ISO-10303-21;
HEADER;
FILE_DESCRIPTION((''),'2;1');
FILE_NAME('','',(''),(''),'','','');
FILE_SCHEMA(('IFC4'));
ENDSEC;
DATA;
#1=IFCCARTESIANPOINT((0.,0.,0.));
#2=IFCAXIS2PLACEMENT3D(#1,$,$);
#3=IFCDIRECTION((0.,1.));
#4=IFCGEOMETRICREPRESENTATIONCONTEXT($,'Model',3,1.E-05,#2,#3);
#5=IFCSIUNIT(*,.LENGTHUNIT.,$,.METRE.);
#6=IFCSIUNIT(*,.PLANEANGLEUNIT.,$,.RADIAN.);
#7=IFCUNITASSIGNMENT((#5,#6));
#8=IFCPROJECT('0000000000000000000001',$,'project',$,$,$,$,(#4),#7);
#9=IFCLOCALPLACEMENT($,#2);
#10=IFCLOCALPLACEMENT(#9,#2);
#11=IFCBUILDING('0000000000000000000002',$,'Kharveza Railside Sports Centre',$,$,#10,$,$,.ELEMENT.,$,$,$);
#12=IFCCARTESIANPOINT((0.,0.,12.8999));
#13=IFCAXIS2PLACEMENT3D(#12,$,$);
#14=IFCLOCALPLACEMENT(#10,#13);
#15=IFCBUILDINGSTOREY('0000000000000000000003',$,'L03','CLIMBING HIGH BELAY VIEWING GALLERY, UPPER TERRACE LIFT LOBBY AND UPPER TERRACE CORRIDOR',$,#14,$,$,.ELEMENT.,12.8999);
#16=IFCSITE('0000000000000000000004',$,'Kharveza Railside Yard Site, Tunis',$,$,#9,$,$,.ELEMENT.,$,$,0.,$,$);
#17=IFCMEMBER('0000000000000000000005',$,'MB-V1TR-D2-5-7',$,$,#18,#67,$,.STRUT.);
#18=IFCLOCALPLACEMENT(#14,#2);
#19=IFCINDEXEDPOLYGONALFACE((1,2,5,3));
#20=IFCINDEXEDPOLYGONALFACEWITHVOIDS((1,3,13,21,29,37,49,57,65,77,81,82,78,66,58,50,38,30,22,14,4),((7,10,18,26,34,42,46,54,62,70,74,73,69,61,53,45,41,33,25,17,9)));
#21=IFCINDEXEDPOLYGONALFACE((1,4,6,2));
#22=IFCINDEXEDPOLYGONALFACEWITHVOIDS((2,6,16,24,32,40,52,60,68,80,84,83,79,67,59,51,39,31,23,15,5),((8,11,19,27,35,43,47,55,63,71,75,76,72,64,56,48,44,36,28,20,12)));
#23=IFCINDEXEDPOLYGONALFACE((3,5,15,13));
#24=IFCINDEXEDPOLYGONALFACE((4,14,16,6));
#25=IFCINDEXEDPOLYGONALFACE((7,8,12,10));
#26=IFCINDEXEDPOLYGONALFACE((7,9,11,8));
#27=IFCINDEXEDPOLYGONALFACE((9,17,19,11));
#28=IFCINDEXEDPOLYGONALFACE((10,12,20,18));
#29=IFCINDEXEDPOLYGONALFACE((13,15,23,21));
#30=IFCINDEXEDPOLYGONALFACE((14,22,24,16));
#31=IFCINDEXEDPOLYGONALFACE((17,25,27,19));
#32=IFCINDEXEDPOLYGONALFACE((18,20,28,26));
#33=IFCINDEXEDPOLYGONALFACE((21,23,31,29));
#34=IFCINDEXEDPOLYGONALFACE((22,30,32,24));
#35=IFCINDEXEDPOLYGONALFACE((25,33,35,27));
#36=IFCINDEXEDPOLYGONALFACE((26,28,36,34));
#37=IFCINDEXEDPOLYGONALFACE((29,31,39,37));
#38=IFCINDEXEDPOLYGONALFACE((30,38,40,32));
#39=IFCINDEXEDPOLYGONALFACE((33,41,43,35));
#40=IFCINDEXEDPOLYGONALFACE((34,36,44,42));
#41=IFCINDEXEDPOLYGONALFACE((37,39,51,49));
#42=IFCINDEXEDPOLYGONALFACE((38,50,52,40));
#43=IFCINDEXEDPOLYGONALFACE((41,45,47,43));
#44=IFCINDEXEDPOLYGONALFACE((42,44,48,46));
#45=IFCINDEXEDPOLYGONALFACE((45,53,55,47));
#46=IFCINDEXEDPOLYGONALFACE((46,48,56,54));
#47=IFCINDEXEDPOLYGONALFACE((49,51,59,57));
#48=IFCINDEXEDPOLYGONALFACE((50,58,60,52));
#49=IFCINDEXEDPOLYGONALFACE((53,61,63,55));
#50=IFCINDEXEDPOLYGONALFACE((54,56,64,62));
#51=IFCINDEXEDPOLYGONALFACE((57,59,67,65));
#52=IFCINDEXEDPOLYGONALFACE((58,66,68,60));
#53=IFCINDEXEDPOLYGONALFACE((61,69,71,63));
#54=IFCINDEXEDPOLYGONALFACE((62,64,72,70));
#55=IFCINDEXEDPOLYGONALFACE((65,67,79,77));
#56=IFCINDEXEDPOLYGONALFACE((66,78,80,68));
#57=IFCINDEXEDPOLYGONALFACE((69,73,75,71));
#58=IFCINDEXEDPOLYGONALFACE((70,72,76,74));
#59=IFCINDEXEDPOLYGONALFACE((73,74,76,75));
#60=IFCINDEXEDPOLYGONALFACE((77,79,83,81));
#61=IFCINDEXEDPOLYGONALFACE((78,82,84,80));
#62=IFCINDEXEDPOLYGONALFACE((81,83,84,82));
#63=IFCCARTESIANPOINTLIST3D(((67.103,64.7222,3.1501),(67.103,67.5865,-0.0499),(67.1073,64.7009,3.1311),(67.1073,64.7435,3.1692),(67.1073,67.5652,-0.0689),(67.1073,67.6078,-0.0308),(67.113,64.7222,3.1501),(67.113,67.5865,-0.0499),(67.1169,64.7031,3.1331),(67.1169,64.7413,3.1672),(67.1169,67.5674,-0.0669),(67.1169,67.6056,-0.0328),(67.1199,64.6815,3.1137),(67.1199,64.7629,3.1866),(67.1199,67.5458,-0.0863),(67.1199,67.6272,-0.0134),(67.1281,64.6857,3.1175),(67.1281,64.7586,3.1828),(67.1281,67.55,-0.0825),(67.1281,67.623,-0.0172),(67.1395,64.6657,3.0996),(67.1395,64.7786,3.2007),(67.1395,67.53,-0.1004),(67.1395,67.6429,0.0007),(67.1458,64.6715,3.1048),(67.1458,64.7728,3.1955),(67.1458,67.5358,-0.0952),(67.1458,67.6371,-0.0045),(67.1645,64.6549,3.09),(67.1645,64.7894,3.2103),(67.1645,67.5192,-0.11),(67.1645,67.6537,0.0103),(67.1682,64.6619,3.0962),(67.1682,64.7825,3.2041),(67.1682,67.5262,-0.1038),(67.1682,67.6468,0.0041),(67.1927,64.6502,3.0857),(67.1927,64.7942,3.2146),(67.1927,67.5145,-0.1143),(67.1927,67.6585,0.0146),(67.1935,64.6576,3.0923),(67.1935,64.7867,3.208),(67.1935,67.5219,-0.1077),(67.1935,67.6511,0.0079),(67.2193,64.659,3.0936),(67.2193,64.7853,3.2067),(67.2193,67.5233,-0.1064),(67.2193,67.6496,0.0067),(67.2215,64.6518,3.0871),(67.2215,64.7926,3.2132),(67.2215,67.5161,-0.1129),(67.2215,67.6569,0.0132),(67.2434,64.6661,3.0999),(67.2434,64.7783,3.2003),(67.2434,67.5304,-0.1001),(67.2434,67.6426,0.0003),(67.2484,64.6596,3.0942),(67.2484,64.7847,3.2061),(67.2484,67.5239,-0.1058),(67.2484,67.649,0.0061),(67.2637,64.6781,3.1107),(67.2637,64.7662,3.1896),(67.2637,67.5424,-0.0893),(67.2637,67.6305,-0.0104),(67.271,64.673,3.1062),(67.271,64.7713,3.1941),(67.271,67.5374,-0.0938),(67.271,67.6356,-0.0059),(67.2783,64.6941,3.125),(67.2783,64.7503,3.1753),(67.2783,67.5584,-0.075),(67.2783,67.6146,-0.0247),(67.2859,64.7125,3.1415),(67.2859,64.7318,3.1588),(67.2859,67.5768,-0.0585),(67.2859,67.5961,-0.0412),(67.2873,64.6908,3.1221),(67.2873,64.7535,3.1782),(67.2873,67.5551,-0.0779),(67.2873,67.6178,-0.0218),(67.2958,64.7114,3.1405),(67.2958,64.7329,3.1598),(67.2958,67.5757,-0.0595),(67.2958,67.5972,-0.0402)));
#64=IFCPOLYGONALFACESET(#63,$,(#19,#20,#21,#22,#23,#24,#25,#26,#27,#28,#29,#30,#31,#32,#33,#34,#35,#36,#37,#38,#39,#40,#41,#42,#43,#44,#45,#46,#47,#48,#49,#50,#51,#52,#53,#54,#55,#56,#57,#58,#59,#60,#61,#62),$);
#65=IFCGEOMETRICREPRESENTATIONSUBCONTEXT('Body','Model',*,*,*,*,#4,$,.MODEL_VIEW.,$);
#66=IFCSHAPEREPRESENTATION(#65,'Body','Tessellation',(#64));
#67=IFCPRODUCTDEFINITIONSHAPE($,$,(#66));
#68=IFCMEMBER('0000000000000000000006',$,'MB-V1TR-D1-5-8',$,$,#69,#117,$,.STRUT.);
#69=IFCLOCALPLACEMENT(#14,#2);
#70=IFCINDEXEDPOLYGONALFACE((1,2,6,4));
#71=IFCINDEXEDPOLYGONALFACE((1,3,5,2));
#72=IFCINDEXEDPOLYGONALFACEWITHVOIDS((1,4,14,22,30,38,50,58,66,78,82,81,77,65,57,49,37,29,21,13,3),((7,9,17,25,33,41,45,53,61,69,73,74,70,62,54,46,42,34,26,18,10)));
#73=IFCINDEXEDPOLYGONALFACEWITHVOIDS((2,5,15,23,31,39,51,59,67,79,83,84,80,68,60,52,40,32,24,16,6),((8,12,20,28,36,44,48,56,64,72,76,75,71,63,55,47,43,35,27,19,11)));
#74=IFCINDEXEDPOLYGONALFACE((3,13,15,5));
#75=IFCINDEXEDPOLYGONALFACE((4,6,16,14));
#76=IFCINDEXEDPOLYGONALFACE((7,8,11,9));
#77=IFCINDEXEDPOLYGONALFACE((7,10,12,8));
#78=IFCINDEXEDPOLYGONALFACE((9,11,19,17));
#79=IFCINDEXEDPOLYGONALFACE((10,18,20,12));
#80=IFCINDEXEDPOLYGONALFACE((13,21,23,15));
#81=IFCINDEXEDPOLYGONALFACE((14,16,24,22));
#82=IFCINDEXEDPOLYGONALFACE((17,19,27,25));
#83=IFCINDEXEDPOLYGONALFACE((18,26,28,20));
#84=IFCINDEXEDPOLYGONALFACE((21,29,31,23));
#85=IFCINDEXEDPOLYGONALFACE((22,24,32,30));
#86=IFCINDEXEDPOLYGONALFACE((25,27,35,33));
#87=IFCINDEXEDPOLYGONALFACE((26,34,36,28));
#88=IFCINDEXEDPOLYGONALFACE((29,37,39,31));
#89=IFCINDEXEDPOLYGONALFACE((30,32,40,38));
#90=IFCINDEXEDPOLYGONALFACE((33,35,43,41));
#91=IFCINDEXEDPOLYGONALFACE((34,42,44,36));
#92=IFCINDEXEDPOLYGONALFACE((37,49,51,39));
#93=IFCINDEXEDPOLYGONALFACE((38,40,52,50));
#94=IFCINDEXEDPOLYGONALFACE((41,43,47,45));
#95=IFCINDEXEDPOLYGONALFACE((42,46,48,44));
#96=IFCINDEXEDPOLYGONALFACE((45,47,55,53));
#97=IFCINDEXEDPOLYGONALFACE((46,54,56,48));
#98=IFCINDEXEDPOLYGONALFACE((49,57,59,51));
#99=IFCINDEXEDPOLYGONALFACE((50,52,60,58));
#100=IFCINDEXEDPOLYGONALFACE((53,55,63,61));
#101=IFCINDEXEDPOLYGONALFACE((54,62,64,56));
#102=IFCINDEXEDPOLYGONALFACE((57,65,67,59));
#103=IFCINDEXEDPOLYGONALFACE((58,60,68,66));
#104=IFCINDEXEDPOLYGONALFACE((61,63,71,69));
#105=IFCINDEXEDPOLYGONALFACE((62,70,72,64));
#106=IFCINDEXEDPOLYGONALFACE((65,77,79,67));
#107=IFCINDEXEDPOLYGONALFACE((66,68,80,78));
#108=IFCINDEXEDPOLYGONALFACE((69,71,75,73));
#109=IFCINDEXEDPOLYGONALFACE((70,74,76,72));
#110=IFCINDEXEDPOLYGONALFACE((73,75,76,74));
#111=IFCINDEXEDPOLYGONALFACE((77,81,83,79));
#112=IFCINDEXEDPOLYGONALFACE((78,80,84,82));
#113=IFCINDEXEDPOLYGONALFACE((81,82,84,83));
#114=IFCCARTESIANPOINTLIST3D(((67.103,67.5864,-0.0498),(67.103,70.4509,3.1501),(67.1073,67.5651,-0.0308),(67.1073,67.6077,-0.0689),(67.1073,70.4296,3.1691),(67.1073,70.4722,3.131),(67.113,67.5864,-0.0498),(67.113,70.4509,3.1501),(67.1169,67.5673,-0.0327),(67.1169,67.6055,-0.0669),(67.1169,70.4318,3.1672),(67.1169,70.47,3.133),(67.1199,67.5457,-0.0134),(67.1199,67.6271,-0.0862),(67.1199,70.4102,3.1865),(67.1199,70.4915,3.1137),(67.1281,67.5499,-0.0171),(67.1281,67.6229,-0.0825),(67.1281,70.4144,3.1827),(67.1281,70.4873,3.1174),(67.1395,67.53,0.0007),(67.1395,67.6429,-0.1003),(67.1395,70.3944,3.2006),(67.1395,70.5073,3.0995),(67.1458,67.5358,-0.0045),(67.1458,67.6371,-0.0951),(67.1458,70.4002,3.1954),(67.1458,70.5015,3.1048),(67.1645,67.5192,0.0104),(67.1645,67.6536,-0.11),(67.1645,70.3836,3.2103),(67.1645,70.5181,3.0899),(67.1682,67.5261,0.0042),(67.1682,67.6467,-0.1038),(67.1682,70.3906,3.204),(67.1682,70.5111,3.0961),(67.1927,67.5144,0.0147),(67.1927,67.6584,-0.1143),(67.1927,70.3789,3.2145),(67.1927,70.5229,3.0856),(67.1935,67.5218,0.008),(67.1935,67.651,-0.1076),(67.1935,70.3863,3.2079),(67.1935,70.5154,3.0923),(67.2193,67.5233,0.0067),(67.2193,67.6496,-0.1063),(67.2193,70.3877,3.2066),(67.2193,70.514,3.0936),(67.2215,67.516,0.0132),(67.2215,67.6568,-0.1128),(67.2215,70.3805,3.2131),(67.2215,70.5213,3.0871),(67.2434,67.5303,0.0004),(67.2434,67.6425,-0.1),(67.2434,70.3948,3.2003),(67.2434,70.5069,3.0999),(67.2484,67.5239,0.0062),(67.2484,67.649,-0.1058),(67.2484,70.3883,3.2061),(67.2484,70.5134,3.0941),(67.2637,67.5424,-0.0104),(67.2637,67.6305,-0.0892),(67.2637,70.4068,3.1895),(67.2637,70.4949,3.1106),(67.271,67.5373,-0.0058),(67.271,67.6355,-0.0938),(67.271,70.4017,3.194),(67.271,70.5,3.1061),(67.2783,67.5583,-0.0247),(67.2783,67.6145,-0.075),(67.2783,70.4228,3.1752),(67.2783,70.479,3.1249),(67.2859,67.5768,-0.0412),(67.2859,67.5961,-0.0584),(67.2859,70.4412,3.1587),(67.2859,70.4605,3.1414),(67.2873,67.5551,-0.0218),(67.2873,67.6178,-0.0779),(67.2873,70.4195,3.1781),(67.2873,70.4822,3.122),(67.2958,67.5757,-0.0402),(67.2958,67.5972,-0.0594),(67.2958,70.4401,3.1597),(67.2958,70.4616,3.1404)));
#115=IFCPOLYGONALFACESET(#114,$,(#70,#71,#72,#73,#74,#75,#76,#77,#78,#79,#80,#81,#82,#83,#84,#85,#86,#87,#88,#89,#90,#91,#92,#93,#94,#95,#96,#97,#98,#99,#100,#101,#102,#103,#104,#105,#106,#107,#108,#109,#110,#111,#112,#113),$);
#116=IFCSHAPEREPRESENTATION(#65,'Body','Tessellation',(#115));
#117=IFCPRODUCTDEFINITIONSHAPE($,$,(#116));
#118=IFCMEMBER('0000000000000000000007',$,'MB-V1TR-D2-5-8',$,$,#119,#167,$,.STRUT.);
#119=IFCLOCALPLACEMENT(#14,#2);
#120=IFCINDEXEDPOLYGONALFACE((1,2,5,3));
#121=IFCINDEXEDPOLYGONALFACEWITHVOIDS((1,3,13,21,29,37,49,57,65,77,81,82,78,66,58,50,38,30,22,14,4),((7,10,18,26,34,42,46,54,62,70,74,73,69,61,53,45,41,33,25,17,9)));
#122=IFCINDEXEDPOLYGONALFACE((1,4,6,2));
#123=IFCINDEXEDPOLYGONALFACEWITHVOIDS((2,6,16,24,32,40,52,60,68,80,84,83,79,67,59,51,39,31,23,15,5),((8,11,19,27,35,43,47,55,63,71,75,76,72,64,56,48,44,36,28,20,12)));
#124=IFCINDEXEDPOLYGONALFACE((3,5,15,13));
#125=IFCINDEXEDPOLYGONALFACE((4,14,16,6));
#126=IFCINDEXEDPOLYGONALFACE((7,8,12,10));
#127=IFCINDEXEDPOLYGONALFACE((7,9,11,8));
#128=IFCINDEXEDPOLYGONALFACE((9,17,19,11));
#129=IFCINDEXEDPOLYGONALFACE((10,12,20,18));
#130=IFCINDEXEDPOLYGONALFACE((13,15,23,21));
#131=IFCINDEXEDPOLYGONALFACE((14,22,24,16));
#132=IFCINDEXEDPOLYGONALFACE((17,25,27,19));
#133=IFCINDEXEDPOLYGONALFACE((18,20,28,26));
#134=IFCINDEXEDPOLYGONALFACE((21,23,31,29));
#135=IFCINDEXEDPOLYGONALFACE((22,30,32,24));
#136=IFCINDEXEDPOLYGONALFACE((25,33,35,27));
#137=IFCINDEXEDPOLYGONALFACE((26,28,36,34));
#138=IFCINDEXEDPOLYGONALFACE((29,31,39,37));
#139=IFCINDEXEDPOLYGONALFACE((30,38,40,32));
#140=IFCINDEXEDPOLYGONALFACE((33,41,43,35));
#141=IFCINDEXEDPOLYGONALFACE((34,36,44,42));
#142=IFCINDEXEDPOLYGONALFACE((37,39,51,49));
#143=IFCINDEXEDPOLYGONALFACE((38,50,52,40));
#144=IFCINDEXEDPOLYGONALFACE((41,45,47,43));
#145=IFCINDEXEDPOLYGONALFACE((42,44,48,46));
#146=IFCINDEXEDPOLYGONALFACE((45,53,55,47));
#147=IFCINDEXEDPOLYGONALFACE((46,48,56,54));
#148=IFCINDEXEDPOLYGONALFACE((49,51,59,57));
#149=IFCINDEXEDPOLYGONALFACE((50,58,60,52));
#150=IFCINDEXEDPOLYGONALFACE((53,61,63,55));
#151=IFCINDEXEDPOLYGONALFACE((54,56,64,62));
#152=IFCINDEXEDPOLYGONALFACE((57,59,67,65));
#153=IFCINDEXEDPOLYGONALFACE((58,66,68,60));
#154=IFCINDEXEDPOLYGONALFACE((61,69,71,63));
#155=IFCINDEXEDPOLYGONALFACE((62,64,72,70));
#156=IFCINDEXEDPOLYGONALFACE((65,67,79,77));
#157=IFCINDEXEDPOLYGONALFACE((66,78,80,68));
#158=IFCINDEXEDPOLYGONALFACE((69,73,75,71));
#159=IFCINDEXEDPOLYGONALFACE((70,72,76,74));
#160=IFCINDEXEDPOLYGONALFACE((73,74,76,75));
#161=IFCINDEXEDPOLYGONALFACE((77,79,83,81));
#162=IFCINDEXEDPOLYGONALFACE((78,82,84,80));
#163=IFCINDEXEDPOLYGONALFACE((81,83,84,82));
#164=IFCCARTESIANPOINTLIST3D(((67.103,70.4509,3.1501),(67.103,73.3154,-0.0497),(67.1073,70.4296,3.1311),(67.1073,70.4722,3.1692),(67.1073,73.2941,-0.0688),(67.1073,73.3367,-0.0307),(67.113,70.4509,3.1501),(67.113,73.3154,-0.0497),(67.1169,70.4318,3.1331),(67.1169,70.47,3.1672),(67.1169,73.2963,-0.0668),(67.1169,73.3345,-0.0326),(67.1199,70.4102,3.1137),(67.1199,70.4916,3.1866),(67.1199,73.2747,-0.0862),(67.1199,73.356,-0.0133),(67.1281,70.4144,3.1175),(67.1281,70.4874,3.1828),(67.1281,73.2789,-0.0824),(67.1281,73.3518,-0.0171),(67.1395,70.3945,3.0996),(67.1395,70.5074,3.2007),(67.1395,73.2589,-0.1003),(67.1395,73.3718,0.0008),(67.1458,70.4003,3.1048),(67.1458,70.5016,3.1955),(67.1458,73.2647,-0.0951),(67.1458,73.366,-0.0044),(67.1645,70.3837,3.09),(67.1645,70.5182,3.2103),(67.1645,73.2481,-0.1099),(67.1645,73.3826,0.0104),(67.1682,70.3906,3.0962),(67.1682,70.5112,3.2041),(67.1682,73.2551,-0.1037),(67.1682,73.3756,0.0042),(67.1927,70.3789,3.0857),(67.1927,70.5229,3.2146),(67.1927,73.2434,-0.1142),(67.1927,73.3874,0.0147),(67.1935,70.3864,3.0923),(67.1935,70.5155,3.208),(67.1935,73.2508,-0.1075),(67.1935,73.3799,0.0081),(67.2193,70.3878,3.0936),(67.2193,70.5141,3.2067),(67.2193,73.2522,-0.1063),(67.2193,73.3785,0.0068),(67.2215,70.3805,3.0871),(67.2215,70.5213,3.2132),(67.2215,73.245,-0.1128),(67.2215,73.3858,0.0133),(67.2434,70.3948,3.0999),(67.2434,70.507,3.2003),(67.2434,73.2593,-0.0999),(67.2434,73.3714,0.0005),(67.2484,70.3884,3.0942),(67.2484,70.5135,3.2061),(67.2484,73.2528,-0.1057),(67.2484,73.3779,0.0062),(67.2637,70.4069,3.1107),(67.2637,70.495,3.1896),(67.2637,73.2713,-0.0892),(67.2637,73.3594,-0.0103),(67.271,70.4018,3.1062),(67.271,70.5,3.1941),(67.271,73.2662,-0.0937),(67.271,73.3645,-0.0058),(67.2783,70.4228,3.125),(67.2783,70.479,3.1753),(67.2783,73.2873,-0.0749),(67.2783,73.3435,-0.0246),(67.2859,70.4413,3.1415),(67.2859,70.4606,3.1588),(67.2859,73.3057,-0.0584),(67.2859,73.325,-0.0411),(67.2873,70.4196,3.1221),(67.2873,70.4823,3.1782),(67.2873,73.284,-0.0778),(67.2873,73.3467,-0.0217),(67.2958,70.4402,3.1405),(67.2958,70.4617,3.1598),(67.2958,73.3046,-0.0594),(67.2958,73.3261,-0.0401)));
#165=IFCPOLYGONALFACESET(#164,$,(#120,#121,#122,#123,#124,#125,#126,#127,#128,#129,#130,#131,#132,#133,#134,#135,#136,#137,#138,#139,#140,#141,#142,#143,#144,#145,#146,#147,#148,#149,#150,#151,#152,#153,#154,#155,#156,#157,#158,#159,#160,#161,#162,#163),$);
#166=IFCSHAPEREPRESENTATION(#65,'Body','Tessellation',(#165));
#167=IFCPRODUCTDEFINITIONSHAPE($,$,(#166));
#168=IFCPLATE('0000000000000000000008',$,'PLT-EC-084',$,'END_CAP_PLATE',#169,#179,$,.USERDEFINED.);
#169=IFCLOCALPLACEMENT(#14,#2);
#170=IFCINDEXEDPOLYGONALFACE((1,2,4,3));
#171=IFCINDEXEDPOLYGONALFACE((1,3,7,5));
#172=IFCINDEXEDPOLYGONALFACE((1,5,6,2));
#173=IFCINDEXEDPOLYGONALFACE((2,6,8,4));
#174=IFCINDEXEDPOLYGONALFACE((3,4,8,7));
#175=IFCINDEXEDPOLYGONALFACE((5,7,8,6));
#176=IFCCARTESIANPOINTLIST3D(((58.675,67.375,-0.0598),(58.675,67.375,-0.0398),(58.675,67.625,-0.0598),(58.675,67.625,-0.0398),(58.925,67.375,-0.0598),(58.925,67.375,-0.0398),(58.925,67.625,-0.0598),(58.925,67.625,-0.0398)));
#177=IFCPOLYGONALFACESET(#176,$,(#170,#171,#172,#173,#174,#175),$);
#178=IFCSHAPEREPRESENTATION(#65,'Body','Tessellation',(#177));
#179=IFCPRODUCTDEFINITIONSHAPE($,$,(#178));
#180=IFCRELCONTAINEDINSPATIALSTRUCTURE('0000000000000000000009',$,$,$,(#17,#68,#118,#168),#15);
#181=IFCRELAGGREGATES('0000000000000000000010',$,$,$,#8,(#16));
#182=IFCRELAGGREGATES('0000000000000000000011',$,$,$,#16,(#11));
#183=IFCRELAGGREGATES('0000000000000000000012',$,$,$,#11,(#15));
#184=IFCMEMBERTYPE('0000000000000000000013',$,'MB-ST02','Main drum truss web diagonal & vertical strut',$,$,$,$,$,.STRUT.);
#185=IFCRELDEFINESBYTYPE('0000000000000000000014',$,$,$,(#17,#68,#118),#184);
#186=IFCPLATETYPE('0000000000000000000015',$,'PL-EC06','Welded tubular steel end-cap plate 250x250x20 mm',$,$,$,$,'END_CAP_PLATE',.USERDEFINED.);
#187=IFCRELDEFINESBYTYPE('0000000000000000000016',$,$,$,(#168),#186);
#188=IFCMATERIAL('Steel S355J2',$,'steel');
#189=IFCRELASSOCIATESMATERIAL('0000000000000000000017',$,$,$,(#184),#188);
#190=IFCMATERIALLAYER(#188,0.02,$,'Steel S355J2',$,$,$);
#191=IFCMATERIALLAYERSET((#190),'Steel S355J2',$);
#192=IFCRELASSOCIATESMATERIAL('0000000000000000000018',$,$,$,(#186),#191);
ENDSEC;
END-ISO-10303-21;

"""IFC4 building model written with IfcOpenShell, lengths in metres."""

from ifc_helpers import new_model, si_unit, direction, frame, origin, origin_2d, place, context, subcontext, project, spatial, rectangle, hollow_circle, extrude, material, layer, layer_set, material_profile, profile_set, type_object, element, save


model = new_model("IFC4")

# Units and contexts
model_context = context("Model", 3, precision=1e-05, world=origin(), true_north=direction((0.0, 1.0)))
body_context = subcontext(model_context, "Body", "Model", "MODEL_VIEW")
ifc_project = project(units=[si_unit("LENGTHUNIT", "METRE"), si_unit("PLANEANGLEUNIT", "RADIAN")], contexts=[model_context])

# Site, building, storey
site_placement = place(None, origin())
site = spatial("IfcSite", under=ifc_project, at=site_placement, Name="Kharveza Railside Yard Site, Tunis", CompositionType="ELEMENT", RefElevation=0.0)
building_placement = place(site_placement, origin())
building = spatial("IfcBuilding", under=site, at=building_placement, Name="Kharveza Railside Sports Centre", CompositionType="ELEMENT")
storey_placement = place(building_placement, frame((0.0, 0.0, 12.8999)))
storey = spatial("IfcBuildingStorey", under=building, at=storey_placement, Name="L03", Description="CLIMBING HIGH BELAY VIEWING GALLERY, UPPER TERRACE LIFT LOBBY AND UPPER TERRACE CORRIDOR", CompositionType="ELEMENT", Elevation=12.8999)

# Members
ifc_material = material(Name="Steel S355J2", Category="steel")
ifc_material_profile_1 = material_profile(ifc_material, hollow_circle(Radius=0.0969, WallThickness=0.01, at=origin_2d()), Name="CHS 193.7x10.0")
ifc_profile_set_1 = profile_set([ifc_material_profile_1], Name="Steel S355J2")
member_type_1 = type_object("IfcMemberType", Name="MB-ST02", Description="Main drum truss web diagonal & vertical strut", PredefinedType="STRUT", material=ifc_profile_set_1)
for number, where, z_axis, x_axis, name in (
    (1, (67.2, 64.7222, 3.1501), (0.0, 0.666943, -0.745109), (-1.0, 0.0, 0.0), "MB-V1TR-D2-5-7"),
    (2, (67.2, 67.5864, -0.0498), (0.0, 0.666974, 0.745081), (-1.0, 0.0, 0.0), "MB-V1TR-D1-5-8"),
    (3, (67.2, 70.4509, 3.1501), (0.0, 0.666974, -0.745081), (-1.0, 0.0, 0.0), "MB-V1TR-D2-5-8"),
):
    element("IfcMember", number, at=place(storey_placement, frame(where, z_axis=z_axis, x_axis=x_axis)), inside=storey, type_object=member_type_1, Name=name, PredefinedType="STRUT", context=body_context, shape_type="SweptSolid", body=[
        extrude(hollow_circle(Radius=0.0969, WallThickness=0.01, at=origin_2d()), origin(), (0.0, 0.0, 1.0), 4.2947),
    ])

# Plate
ifc_layer = layer(ifc_material, 0.02, Name="Steel S355J2")
ifc_layer_set = layer_set([ifc_layer], Name="Steel S355J2")
plate_type = type_object("IfcPlateType", Name="PL-EC06", Description="Welded tubular steel end-cap plate 250x250x20 mm", ElementType="END_CAP_PLATE", PredefinedType="USERDEFINED", material=ifc_layer_set)
plate_placement = place(storey_placement, frame((58.8, 67.5, -0.0598), z_axis=(0.0, 0.0, 1.0), x_axis=(1.0, 0.0, 0.0)))
element("IfcPlate", 4, at=plate_placement, inside=storey, type_object=plate_type, Name="PLT-EC-084", ObjectType="END_CAP_PLATE", PredefinedType="USERDEFINED", context=body_context, shape_type="SweptSolid", body=[
    extrude(rectangle(XDim=0.25, YDim=0.25, at=origin_2d()), origin(), (0.0, 0.0, 1.0), 0.02),
])

save(model, "model.ifc")
